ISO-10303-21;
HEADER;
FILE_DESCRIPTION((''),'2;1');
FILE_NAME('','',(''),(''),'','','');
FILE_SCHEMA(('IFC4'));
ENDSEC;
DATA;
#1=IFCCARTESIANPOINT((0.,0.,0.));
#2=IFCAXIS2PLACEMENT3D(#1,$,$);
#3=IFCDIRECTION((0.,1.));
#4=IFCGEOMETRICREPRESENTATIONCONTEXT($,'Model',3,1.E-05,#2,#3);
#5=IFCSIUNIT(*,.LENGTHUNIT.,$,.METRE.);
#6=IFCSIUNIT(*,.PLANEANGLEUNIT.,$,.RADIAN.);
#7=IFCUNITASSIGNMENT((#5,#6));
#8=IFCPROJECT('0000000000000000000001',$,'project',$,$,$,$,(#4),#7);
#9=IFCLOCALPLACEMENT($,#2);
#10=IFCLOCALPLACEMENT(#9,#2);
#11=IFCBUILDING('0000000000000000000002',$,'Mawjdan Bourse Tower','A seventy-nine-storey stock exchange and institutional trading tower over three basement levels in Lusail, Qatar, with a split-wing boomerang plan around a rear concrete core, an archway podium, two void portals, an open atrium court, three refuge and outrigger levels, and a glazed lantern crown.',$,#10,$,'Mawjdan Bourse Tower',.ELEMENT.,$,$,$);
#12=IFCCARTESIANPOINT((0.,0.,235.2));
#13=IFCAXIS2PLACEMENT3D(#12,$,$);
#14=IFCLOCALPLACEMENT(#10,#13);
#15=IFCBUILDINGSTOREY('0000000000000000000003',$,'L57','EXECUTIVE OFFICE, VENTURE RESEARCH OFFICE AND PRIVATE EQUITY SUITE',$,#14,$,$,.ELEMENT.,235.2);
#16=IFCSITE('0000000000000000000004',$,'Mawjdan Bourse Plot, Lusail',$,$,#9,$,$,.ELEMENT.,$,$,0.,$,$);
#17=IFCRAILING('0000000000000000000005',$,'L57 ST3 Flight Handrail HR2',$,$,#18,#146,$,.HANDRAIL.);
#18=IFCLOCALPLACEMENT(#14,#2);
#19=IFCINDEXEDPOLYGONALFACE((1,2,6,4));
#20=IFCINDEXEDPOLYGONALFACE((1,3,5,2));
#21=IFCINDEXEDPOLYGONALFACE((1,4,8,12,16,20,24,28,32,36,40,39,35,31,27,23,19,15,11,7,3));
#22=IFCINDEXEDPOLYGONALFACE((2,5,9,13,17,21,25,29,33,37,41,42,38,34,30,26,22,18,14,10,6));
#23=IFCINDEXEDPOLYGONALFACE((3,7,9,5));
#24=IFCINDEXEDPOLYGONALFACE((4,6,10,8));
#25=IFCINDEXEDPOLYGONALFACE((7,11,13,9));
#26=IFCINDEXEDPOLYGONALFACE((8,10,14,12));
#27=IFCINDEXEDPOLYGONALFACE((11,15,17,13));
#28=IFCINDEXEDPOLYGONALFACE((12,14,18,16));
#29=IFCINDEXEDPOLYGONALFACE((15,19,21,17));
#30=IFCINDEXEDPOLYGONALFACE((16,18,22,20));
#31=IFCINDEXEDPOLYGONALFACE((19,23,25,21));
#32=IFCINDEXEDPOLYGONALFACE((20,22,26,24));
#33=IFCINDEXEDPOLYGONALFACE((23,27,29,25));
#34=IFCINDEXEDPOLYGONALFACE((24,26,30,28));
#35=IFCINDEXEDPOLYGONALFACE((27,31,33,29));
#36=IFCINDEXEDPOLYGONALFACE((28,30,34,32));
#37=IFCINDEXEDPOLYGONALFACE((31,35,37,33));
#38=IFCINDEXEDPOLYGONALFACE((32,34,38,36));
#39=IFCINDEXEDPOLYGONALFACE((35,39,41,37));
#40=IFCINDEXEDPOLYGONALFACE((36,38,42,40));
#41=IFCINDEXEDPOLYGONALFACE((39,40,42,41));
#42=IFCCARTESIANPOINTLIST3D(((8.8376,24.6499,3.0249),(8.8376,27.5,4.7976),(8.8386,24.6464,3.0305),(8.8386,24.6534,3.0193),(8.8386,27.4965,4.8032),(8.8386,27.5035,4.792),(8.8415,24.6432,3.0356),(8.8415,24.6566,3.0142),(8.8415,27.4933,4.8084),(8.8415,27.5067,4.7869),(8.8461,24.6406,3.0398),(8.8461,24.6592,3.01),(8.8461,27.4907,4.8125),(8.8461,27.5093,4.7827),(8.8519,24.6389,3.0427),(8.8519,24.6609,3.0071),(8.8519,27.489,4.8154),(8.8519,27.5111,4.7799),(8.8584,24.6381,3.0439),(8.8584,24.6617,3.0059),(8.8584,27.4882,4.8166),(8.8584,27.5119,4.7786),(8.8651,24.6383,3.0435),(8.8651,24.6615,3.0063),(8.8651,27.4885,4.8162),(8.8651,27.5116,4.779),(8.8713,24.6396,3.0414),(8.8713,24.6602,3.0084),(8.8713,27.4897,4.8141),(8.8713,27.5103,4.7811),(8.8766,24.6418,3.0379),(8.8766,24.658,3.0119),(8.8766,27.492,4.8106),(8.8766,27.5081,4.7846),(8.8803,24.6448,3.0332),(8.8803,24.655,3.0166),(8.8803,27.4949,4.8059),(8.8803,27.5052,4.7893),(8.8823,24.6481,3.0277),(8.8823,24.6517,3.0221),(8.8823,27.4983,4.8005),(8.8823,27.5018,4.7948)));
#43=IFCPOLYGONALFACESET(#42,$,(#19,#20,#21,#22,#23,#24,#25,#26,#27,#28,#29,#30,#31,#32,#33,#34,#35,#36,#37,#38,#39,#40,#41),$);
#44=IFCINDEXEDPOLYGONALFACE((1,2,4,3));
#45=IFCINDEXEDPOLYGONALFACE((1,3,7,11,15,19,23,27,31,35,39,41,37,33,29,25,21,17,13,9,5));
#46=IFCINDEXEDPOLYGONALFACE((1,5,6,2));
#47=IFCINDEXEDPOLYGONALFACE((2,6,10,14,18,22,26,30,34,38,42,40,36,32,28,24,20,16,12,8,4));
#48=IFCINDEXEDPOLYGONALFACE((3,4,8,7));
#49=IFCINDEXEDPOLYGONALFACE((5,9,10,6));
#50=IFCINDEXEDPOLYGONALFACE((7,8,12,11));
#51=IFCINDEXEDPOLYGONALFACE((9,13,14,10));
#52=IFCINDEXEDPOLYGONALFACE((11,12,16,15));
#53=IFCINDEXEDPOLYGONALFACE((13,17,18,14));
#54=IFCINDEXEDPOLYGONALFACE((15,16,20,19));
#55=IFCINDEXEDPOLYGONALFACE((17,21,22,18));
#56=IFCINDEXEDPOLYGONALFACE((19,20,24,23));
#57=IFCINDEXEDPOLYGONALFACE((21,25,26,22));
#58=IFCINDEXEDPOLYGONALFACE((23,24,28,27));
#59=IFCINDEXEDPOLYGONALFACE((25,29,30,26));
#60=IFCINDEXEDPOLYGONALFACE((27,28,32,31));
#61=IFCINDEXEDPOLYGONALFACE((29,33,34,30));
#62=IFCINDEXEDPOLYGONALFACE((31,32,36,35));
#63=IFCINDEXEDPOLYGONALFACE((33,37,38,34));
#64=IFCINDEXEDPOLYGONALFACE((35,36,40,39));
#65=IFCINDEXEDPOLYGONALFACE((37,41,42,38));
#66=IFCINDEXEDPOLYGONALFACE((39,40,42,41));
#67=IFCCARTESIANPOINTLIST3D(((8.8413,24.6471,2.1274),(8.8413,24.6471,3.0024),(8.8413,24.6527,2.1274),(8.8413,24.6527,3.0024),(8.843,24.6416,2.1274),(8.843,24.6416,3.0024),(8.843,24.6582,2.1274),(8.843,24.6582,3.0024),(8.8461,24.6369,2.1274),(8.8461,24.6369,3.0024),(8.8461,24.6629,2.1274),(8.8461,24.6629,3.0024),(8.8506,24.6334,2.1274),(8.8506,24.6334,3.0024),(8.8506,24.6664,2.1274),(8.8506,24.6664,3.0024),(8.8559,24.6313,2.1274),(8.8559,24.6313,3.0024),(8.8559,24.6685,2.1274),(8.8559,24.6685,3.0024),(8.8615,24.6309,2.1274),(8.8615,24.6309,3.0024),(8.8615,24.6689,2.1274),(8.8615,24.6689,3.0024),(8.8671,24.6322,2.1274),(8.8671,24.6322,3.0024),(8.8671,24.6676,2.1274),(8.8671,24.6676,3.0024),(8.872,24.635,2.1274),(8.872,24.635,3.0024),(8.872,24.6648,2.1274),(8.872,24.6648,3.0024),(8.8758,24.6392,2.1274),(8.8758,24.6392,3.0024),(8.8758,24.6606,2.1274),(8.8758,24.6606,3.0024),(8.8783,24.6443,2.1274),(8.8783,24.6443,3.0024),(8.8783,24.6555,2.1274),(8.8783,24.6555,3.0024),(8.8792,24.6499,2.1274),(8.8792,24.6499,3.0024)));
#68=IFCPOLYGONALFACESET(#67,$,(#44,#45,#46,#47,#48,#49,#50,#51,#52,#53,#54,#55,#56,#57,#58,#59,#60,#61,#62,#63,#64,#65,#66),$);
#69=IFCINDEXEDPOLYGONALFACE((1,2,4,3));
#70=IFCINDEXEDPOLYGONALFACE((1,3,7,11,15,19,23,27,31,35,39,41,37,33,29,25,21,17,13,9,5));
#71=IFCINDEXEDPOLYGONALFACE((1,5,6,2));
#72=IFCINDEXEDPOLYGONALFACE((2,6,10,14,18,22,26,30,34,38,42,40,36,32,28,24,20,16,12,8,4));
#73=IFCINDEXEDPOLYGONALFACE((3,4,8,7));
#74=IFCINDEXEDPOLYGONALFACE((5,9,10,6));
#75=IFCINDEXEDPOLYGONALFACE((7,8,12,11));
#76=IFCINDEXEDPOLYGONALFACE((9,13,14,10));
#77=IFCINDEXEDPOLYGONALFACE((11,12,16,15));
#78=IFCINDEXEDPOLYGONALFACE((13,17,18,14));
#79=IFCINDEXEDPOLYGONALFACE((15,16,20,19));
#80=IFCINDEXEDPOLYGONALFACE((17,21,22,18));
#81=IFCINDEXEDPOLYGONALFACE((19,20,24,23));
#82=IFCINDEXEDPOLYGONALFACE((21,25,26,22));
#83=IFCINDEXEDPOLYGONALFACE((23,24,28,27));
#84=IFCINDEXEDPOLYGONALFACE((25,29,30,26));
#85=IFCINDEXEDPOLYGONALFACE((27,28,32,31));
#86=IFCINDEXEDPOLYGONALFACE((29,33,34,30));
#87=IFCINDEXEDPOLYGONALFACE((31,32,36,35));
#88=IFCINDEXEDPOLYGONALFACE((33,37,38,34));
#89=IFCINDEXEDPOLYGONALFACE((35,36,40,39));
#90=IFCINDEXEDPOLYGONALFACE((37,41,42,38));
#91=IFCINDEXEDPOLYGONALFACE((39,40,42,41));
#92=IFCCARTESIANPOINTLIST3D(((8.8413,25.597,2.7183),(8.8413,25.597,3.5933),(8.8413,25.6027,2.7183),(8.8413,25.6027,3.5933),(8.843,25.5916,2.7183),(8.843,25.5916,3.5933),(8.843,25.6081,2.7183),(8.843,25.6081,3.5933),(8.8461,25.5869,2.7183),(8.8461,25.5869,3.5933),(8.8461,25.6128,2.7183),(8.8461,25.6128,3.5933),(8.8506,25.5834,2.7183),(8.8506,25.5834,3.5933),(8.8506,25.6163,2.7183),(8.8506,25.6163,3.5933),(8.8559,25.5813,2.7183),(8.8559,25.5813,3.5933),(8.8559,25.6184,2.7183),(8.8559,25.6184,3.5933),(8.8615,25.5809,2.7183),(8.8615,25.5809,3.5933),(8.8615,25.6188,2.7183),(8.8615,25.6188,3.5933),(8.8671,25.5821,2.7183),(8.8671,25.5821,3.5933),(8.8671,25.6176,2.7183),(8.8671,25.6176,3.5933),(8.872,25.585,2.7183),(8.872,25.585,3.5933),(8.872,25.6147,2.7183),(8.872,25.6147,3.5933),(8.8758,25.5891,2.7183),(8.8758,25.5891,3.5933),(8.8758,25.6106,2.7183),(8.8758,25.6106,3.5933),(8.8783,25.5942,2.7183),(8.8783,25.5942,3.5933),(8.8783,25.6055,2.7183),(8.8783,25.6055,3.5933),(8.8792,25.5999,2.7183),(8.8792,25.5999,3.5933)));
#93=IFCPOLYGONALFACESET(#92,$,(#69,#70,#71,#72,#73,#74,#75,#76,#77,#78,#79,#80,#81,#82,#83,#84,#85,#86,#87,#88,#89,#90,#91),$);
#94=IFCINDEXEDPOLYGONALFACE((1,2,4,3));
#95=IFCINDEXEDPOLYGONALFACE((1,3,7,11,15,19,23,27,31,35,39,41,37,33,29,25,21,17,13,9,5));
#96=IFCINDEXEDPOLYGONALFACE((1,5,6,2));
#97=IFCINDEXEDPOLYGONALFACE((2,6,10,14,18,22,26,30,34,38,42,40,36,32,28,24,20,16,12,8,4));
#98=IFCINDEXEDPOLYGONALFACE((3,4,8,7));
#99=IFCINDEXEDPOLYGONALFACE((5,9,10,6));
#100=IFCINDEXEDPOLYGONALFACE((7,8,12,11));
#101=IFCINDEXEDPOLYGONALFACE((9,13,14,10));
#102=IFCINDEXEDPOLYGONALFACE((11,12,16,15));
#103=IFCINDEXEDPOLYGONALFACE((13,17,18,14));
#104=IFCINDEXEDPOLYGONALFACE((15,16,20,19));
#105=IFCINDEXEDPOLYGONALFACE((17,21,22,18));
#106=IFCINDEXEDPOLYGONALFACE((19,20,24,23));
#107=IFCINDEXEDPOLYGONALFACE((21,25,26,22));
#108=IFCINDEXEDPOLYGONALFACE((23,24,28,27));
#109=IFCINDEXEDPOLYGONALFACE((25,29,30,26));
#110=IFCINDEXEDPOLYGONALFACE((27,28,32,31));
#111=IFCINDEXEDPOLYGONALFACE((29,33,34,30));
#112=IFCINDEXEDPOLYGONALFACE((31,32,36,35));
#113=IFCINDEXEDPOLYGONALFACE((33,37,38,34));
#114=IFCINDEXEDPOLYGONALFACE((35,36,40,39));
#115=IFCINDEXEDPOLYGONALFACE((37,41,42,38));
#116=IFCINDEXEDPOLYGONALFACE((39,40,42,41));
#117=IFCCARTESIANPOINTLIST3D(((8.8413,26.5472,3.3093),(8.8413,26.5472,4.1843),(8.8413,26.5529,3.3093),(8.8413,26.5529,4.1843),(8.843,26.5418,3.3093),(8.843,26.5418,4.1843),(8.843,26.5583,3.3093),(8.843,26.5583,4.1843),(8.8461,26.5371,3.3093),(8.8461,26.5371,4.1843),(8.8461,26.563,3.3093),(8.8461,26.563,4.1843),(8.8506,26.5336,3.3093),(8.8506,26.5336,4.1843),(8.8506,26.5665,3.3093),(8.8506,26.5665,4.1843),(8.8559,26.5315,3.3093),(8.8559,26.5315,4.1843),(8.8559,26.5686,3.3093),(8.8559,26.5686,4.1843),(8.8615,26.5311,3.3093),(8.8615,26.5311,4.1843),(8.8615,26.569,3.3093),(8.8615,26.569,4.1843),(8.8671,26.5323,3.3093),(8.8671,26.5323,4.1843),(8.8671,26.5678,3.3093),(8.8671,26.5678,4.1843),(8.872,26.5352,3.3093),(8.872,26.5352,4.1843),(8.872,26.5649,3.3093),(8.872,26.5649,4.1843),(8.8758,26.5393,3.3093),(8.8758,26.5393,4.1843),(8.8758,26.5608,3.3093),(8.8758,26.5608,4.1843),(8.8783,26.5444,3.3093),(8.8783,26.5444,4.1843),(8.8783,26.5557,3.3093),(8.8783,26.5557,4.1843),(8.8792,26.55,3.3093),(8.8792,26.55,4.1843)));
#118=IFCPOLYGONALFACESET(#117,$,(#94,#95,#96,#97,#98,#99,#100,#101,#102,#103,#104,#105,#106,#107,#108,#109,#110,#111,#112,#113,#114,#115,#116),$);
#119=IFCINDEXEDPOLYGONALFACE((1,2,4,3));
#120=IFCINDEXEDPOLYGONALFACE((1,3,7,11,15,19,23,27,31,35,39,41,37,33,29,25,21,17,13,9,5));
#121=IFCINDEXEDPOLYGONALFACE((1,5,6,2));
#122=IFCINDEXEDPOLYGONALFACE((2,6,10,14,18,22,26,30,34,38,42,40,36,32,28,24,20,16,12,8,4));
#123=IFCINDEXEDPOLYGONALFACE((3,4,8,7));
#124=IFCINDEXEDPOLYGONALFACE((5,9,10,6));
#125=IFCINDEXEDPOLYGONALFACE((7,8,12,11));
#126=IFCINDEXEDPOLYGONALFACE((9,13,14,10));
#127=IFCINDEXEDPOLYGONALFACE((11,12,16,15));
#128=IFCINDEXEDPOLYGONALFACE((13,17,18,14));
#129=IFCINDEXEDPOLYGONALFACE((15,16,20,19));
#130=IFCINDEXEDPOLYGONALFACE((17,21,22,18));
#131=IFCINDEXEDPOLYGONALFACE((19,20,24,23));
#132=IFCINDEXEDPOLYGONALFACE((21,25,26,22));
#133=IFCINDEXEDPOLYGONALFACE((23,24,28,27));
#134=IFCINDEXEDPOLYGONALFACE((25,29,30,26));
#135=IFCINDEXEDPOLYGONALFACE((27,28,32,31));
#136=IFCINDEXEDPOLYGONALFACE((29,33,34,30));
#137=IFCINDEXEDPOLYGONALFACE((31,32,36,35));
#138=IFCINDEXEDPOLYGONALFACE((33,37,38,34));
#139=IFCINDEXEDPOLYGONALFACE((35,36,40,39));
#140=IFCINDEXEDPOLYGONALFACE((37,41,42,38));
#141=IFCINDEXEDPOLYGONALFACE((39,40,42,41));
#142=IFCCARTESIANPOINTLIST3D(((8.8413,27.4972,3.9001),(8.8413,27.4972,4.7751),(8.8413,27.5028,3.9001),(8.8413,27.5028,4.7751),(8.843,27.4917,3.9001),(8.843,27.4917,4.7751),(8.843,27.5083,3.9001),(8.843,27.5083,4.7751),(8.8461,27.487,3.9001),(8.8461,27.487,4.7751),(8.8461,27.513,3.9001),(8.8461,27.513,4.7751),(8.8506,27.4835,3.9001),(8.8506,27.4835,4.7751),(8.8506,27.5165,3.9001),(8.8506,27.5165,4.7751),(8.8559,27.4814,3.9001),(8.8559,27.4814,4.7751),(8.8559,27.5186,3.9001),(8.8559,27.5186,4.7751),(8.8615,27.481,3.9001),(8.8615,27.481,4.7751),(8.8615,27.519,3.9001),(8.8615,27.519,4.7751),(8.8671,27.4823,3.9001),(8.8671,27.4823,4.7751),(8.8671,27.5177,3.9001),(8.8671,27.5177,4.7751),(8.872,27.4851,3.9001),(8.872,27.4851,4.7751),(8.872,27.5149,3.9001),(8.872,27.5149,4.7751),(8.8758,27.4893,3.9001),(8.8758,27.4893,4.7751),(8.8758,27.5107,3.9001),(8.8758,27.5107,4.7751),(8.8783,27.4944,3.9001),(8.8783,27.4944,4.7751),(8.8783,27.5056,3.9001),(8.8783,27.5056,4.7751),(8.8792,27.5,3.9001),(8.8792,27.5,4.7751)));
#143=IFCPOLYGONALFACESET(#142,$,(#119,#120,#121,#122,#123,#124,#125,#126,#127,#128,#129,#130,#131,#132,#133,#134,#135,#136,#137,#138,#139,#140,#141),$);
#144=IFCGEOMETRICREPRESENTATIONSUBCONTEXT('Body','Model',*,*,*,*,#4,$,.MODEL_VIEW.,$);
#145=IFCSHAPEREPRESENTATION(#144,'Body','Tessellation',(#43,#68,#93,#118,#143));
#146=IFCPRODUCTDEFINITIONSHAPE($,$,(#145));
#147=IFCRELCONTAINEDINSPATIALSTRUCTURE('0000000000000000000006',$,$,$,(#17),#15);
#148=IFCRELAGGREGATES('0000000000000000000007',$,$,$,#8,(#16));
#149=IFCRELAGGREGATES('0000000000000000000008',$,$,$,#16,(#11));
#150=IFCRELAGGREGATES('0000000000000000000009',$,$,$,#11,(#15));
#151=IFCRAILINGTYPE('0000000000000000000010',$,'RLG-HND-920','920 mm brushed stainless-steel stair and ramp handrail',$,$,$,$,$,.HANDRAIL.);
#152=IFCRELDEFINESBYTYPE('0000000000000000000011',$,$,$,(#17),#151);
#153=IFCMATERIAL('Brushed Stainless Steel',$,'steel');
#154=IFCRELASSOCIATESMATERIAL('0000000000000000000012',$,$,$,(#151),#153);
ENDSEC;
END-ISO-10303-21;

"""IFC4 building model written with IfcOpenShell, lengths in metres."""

from ifc_helpers import new_model, si_unit, direction, frame, origin, origin_2d, place, context, subcontext, project, spatial, circle, extrude, material, type_object, element, save


model = new_model("IFC4")

# Units and contexts
model_context = context("Model", 3, precision=1e-05, world=origin(), true_north=direction((0.0, 1.0)))
body_context = subcontext(model_context, "Body", "Model", "MODEL_VIEW")
ifc_project = project(units=[si_unit("LENGTHUNIT", "METRE"), si_unit("PLANEANGLEUNIT", "RADIAN")], contexts=[model_context])

# Site, building, storey
site_placement = place(None, origin())
site = spatial("IfcSite", under=ifc_project, at=site_placement, Name="Mawjdan Bourse Plot, Lusail", CompositionType="ELEMENT", RefElevation=0.0)
building_placement = place(site_placement, origin())
building = spatial("IfcBuilding", under=site, at=building_placement, Name="Mawjdan Bourse Tower", Description="A seventy-nine-storey stock exchange and institutional trading tower over three basement levels in Lusail, Qatar, with a split-wing boomerang plan around a rear concrete core, an archway podium, two void portals, an open atrium court, three refuge and outrigger levels, and a glazed lantern crown.", LongName="Mawjdan Bourse Tower", CompositionType="ELEMENT")
storey_placement = place(building_placement, frame((0.0, 0.0, 235.2)))
storey = spatial("IfcBuildingStorey", under=building, at=storey_placement, Name="L57", Description="EXECUTIVE OFFICE, VENTURE RESEARCH OFFICE AND PRIVATE EQUITY SUITE", CompositionType="ELEMENT", Elevation=235.2)

# Railing
ifc_material_1 = material(Name="Brushed Stainless Steel", Category="steel")
railing_type_1 = type_object("IfcRailingType", Name="RLG-HND-920", Description="920 mm brushed stainless-steel stair and ramp handrail", PredefinedType="HANDRAIL", material=ifc_material_1)
railing_1_placement = place(storey_placement, frame((8.8601, 24.6499, 2.1274)))
element("IfcRailing", 1, at=railing_1_placement, inside=storey, type_object=railing_type_1, Name="L57 ST3 Flight Handrail HR2", PredefinedType="HANDRAIL", context=body_context, shape_type="SweptSolid", body=[
    extrude(circle(Radius=0.0225, at=origin_2d()), frame((0.0, 0.0, 0.8975), z_axis=(0.0, 0.849149, 0.528154), x_axis=(-1.0, 0.0, 0.0)), (0.0, 0.0, 1.0), 3.3564),
    extrude(circle(Radius=0.019, at=origin_2d()), origin(), (0.0, 0.0, 1.0), 0.875),
    extrude(circle(Radius=0.019, at=origin_2d()), frame((0.0, 0.95, 0.5908)), (0.0, 0.0, 1.0), 0.875),
    extrude(circle(Radius=0.019, at=origin_2d()), frame((0.0, 1.9001, 1.1819)), (0.0, 0.0, 1.0), 0.875),
    extrude(circle(Radius=0.019, at=origin_2d()), frame((0.0, 2.8501, 1.7727)), (0.0, 0.0, 1.0), 0.875),
])

save(model, "model.ifc")
